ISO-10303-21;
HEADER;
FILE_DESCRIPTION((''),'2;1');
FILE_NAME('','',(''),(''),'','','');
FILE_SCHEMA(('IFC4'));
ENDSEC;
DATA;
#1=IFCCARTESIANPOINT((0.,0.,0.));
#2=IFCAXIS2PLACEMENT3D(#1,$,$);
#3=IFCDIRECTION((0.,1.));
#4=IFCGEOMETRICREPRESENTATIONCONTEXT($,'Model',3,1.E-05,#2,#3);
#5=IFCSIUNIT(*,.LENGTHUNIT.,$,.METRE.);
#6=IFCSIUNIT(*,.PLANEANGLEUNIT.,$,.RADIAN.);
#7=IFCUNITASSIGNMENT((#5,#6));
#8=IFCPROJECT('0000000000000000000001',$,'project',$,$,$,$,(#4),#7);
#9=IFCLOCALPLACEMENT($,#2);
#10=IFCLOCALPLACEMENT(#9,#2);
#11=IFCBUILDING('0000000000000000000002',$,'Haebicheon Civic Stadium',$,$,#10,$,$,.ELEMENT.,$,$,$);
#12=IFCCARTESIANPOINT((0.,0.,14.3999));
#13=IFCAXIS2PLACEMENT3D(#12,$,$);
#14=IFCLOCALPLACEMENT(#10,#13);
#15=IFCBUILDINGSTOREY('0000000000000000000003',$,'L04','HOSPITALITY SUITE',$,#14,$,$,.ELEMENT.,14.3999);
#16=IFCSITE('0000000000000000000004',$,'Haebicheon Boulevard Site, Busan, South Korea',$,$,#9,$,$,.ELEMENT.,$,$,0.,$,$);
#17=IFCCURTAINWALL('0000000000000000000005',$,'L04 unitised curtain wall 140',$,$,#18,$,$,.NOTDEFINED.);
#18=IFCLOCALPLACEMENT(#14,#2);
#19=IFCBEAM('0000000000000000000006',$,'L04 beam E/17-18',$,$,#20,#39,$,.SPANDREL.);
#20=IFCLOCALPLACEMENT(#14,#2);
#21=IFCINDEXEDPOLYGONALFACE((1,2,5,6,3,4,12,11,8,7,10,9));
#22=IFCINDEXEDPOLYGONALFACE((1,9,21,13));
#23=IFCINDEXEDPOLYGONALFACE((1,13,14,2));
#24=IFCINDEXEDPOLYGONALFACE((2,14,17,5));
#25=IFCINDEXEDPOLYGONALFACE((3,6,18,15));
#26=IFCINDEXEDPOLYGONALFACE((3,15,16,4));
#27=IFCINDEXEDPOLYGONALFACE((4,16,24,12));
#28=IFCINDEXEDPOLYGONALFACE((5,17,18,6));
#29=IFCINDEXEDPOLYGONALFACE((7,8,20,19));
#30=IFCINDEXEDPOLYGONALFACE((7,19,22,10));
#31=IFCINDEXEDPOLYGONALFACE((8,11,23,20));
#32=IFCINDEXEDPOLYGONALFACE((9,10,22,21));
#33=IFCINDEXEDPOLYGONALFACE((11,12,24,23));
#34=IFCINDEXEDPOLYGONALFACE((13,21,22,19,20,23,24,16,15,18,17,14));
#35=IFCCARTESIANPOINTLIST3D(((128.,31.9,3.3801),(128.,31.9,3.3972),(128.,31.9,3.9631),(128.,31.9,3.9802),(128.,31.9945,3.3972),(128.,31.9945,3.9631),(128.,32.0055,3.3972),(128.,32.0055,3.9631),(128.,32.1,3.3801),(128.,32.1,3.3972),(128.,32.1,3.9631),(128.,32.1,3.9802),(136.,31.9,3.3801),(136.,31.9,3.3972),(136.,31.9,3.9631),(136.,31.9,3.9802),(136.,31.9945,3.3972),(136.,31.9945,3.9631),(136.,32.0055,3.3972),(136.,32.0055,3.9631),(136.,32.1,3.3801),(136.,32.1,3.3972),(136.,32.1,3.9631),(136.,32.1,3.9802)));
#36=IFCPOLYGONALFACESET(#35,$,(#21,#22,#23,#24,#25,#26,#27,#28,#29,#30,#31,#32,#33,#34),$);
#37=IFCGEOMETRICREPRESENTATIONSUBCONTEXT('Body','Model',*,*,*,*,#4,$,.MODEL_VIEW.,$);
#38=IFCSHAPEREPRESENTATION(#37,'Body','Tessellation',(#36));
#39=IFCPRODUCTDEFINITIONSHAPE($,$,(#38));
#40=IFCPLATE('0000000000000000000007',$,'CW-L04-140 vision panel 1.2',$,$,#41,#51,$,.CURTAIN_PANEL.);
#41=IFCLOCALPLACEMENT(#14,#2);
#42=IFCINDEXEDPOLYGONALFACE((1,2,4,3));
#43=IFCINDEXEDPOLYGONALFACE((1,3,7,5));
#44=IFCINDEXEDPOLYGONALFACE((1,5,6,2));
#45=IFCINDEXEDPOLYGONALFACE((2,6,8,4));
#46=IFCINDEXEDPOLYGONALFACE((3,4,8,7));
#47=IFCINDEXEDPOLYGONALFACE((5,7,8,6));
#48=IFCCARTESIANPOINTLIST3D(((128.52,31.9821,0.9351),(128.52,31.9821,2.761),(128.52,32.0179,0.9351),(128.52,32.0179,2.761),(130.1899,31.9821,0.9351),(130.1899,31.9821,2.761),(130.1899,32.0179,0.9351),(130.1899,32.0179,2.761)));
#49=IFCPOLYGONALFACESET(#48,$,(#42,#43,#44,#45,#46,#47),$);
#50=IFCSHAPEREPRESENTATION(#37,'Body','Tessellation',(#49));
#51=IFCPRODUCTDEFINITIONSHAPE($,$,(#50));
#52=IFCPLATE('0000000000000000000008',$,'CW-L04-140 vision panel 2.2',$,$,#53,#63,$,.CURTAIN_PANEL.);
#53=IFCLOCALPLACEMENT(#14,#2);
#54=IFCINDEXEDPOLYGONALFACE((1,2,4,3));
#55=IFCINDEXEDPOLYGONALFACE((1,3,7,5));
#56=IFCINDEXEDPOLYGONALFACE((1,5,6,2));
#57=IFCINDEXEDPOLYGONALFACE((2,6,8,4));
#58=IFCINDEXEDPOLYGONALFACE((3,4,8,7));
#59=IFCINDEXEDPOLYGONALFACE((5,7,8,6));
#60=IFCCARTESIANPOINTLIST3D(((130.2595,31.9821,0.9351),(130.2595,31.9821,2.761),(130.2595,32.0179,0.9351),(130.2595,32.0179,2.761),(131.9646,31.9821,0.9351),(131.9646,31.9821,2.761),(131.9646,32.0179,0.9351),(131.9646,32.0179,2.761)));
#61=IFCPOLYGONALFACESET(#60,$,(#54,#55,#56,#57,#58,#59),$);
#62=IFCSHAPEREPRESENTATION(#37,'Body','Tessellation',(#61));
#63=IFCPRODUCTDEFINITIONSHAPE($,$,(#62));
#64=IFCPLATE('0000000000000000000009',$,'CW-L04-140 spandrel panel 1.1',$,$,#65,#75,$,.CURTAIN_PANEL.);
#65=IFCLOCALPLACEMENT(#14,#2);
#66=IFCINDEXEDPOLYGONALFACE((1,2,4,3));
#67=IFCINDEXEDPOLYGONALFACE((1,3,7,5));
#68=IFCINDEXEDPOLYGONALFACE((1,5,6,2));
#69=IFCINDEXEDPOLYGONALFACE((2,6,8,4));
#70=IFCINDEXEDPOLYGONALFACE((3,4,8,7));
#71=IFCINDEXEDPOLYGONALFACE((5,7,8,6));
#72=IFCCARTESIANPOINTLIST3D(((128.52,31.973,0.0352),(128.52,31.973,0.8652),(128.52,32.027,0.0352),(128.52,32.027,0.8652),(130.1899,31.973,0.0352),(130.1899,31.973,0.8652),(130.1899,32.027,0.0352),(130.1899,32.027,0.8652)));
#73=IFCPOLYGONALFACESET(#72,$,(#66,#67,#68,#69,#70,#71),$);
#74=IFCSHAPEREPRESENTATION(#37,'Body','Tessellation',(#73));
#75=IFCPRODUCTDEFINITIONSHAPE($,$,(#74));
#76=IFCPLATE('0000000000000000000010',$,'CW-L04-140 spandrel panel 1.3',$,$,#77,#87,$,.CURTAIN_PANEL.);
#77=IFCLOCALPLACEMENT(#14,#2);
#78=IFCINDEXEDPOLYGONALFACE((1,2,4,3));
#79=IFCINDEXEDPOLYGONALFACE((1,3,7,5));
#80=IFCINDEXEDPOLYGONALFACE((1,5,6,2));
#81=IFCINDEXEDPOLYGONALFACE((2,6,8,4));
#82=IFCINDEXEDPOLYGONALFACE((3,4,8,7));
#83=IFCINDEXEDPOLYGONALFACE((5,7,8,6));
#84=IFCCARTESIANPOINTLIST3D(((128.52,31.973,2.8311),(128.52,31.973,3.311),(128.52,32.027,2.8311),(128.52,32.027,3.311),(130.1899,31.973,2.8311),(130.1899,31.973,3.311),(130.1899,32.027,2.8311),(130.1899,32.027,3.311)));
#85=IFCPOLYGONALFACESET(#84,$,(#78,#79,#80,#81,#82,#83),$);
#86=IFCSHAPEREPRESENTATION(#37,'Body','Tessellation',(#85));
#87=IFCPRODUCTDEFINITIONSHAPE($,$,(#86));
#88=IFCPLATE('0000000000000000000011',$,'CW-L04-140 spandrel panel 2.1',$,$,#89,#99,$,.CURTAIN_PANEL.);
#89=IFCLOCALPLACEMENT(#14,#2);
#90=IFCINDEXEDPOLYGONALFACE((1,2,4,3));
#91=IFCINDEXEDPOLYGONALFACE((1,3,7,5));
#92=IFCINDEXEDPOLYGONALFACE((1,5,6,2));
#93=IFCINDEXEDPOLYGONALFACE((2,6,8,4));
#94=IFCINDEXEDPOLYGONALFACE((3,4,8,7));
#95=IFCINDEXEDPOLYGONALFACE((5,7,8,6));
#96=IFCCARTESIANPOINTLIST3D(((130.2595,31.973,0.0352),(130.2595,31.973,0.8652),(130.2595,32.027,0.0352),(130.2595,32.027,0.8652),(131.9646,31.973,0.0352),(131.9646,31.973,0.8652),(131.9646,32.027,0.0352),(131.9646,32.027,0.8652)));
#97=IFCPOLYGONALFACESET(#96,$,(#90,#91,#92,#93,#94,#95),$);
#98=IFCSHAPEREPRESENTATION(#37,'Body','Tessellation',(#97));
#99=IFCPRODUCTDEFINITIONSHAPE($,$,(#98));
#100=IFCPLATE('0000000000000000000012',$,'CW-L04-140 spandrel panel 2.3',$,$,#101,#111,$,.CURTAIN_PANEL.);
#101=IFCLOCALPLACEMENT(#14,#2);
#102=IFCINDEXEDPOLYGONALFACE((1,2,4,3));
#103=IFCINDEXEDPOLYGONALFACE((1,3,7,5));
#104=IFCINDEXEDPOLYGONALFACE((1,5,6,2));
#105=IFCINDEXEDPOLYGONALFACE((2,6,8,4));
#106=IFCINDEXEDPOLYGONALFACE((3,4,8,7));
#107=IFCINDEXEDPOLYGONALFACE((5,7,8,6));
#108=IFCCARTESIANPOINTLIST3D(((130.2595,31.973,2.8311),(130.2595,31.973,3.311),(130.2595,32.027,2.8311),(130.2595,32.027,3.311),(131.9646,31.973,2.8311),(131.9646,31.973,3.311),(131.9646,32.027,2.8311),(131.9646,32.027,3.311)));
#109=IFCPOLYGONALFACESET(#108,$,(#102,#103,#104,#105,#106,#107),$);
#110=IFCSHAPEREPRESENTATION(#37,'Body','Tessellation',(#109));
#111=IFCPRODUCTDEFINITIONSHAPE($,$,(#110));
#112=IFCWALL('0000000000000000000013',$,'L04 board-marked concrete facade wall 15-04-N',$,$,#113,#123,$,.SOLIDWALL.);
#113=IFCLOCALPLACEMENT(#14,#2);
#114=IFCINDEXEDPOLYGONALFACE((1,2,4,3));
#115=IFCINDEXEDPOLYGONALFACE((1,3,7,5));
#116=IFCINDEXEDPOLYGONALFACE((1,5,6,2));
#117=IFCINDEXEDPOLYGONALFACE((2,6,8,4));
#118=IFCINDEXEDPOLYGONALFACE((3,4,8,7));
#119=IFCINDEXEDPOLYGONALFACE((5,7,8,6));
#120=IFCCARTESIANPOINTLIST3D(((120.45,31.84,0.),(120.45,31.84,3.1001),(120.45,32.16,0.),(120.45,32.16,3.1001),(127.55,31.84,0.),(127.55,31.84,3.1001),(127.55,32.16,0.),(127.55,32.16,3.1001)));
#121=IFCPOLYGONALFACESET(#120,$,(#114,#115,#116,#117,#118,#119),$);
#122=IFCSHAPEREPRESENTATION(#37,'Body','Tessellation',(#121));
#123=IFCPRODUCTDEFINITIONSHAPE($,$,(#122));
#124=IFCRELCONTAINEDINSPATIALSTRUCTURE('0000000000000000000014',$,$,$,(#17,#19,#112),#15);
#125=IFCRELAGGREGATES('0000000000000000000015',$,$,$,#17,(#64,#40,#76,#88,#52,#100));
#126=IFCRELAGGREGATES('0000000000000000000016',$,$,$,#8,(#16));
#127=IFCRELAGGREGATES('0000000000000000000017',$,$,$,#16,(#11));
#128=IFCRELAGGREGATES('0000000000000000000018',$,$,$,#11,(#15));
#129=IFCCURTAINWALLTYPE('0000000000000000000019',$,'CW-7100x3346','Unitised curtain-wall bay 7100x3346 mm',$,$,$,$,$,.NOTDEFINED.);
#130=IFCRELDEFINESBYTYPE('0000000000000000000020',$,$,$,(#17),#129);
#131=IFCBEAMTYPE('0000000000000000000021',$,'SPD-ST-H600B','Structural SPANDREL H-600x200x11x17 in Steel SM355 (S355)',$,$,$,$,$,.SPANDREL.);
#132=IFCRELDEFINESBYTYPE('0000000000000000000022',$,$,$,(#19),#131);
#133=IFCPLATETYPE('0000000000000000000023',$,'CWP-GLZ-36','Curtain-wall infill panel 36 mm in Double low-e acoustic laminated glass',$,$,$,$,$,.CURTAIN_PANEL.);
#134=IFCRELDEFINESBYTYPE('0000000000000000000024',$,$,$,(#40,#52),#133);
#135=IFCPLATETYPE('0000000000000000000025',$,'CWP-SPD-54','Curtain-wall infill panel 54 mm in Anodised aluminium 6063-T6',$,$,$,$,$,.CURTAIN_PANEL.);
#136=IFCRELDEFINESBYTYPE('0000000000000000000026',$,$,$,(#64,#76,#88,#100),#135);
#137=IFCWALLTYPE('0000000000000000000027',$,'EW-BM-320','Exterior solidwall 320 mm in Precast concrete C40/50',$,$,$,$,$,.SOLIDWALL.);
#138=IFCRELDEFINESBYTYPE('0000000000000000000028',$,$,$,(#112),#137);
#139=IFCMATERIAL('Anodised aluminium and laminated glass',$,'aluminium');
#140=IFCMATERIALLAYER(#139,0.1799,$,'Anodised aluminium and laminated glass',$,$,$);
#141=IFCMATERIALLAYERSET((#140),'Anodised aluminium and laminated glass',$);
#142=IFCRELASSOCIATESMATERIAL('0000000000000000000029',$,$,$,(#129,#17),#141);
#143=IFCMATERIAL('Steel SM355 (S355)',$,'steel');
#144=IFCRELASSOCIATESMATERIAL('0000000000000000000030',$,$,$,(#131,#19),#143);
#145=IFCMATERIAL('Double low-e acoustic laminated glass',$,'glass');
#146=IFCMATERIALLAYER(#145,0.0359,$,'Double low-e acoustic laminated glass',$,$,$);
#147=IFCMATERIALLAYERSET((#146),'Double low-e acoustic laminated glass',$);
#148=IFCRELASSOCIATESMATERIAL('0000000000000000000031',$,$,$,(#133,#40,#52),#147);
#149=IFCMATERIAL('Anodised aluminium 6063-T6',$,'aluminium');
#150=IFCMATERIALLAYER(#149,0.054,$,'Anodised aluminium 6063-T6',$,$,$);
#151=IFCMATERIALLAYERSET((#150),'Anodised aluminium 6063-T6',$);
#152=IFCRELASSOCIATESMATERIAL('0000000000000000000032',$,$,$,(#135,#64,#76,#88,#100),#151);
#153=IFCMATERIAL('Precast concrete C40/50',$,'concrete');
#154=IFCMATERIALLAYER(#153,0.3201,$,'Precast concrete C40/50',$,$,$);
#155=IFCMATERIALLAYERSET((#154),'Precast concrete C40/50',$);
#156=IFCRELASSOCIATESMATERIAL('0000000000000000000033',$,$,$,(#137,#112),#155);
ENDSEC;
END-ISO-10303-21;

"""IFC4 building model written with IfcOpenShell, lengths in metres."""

from ifc_helpers import new_model, si_unit, direction, frame, frame_2d, origin, origin_2d, place, context, subcontext, project, spatial, rectangle, i_section, extrude, material, layer, layer_set, material_profile, profile_set, type_object, element, aggregate, save


model = new_model("IFC4")

# Units and contexts
model_context = context("Model", 3, precision=1e-05, world=origin(), true_north=direction((0.0, 1.0)))
body_context = subcontext(model_context, "Body", "Model", "MODEL_VIEW")
ifc_project = project(units=[si_unit("LENGTHUNIT", "METRE"), si_unit("PLANEANGLEUNIT", "RADIAN")], contexts=[model_context])

# Site, building, storey
site_placement = place(None, origin())
site = spatial("IfcSite", under=ifc_project, at=site_placement, Name="Haebicheon Boulevard Site, Busan, South Korea", CompositionType="ELEMENT", RefElevation=0.0)
building_placement = place(site_placement, origin())
building = spatial("IfcBuilding", under=site, at=building_placement, Name="Haebicheon Civic Stadium", CompositionType="ELEMENT")
storey_placement = place(building_placement, frame((0.0, 0.0, 14.3999)))
storey = spatial("IfcBuildingStorey", under=building, at=storey_placement, Name="L04", Description="HOSPITALITY SUITE", CompositionType="ELEMENT", Elevation=14.3999)

# Curtain wall
ifc_material_1 = material(Name="Anodised aluminium and laminated glass", Category="aluminium")
ifc_layer_1 = layer(ifc_material_1, 0.1799, Name="Anodised aluminium and laminated glass")
ifc_layer_set_1 = layer_set([ifc_layer_1], Name="Anodised aluminium and laminated glass")
curtain_wall_type = type_object("IfcCurtainWallType", Name="CW-7100x3346", Description="Unitised curtain-wall bay 7100x3346 mm", PredefinedType="NOTDEFINED", material=ifc_layer_set_1)
curtain_wall_placement = place(storey_placement, origin())
curtain_wall = element("IfcCurtainWall", 1, at=curtain_wall_placement, inside=storey, type_object=curtain_wall_type, material=ifc_layer_set_1, Name="L04 unitised curtain wall 140", PredefinedType="NOTDEFINED")

# Beam
ifc_material_2 = material(Name="Steel SM355 (S355)", Category="steel")
ifc_material_profile_1 = material_profile(ifc_material_2, i_section(OverallWidth=0.2, OverallDepth=0.6001, WebThickness=0.011, FlangeThickness=0.0171, at=origin_2d()), Name="H-600x200x11x17")
ifc_profile_set_1 = profile_set([ifc_material_profile_1], Name="Steel SM355 (S355)")
beam_type_1 = type_object("IfcBeamType", Name="SPD-ST-H600B", Description="Structural SPANDREL H-600x200x11x17 in Steel SM355 (S355)", PredefinedType="SPANDREL", material=ifc_profile_set_1)
beam_1_placement = place(storey_placement, frame((128.0, 32.0, 3.6802), z_axis=(1.0, 0.0, 0.0), x_axis=(0.0, 1.0, 0.0)))
element("IfcBeam", 2, at=beam_1_placement, inside=storey, type_object=beam_type_1, material=ifc_profile_set_1, Name="L04 beam E/17-18", PredefinedType="SPANDREL", context=body_context, shape_type="SweptSolid", body=[
    extrude(i_section(OverallWidth=0.2, OverallDepth=0.6001, WebThickness=0.011, FlangeThickness=0.0171, at=origin_2d()), origin(), (0.0, 0.0, 1.0), 8.0),
])

# Plates
ifc_material_3 = material(Name="Double low-e acoustic laminated glass", Category="glass")
ifc_layer_2 = layer(ifc_material_3, 0.0359, Name="Double low-e acoustic laminated glass")
ifc_layer_set_2 = layer_set([ifc_layer_2], Name="Double low-e acoustic laminated glass")
plate_type_1 = type_object("IfcPlateType", Name="CWP-GLZ-36", Description="Curtain-wall infill panel 36 mm in Double low-e acoustic laminated glass", PredefinedType="CURTAIN_PANEL", material=ifc_layer_set_2)
plate_1_placement = place(storey_placement, frame((129.355, 32.0, 0.9351), z_axis=(0.0, 0.0, 1.0), x_axis=(1.0, 0.0, 0.0)))
plate_1 = element("IfcPlate", 3, at=plate_1_placement, type_object=plate_type_1, material=ifc_layer_set_2, Name="CW-L04-140 vision panel 1.2", PredefinedType="CURTAIN_PANEL", context=body_context, shape_type="SweptSolid", body=[
    extrude(rectangle(XDim=1.6699, YDim=0.0359, at=origin_2d()), origin(), (0.0, 0.0, 1.0), 1.8259),
])
plate_2_placement = place(storey_placement, frame((131.1121, 32.0, 0.9351), z_axis=(0.0, 0.0, 1.0), x_axis=(1.0, 0.0, 0.0)))
plate_2 = element("IfcPlate", 4, at=plate_2_placement, type_object=plate_type_1, material=ifc_layer_set_2, Name="CW-L04-140 vision panel 2.2", PredefinedType="CURTAIN_PANEL", context=body_context, shape_type="SweptSolid", body=[
    extrude(rectangle(XDim=1.7051, YDim=0.0359, at=origin_2d()), origin(), (0.0, 0.0, 1.0), 1.8259),
])
ifc_material_4 = material(Name="Anodised aluminium 6063-T6", Category="aluminium")
ifc_layer_3 = layer(ifc_material_4, 0.054, Name="Anodised aluminium 6063-T6")
ifc_layer_set_3 = layer_set([ifc_layer_3], Name="Anodised aluminium 6063-T6")
plate_type_2 = type_object("IfcPlateType", Name="CWP-SPD-54", Description="Curtain-wall infill panel 54 mm in Anodised aluminium 6063-T6", PredefinedType="CURTAIN_PANEL", material=ifc_layer_set_3)
plate_3_placement = place(storey_placement, frame((129.355, 32.0, 0.0352), z_axis=(0.0, 0.0, 1.0), x_axis=(1.0, 0.0, 0.0)))
plate_3 = element("IfcPlate", 5, at=plate_3_placement, type_object=plate_type_2, material=ifc_layer_set_3, Name="CW-L04-140 spandrel panel 1.1", PredefinedType="CURTAIN_PANEL", context=body_context, shape_type="SweptSolid", body=[
    extrude(rectangle(XDim=1.6699, YDim=0.054, at=origin_2d()), origin(), (0.0, 0.0, 1.0), 0.8301),
])
plate_4_placement = place(storey_placement, frame((129.355, 32.0, 2.8311), z_axis=(0.0, 0.0, 1.0), x_axis=(1.0, 0.0, 0.0)))
plate_4 = element("IfcPlate", 6, at=plate_4_placement, type_object=plate_type_2, material=ifc_layer_set_3, Name="CW-L04-140 spandrel panel 1.3", PredefinedType="CURTAIN_PANEL", context=body_context, shape_type="SweptSolid", body=[
    extrude(rectangle(XDim=1.6699, YDim=0.054, at=origin_2d()), origin(), (0.0, 0.0, 1.0), 0.48),
])
plate_5_placement = place(storey_placement, frame((131.1121, 32.0, 0.0352), z_axis=(0.0, 0.0, 1.0), x_axis=(1.0, 0.0, 0.0)))
plate_5 = element("IfcPlate", 7, at=plate_5_placement, type_object=plate_type_2, material=ifc_layer_set_3, Name="CW-L04-140 spandrel panel 2.1", PredefinedType="CURTAIN_PANEL", context=body_context, shape_type="SweptSolid", body=[
    extrude(rectangle(XDim=1.7051, YDim=0.054, at=origin_2d()), origin(), (0.0, 0.0, 1.0), 0.8301),
])
plate_6_placement = place(storey_placement, frame((131.1121, 32.0, 2.8311), z_axis=(0.0, 0.0, 1.0), x_axis=(1.0, 0.0, 0.0)))
plate_6 = element("IfcPlate", 8, at=plate_6_placement, type_object=plate_type_2, material=ifc_layer_set_3, Name="CW-L04-140 spandrel panel 2.3", PredefinedType="CURTAIN_PANEL", context=body_context, shape_type="SweptSolid", body=[
    extrude(rectangle(XDim=1.7051, YDim=0.054, at=origin_2d()), origin(), (0.0, 0.0, 1.0), 0.48),
])
aggregate(curtain_wall, [plate_3, plate_1, plate_4, plate_5, plate_2, plate_6])

# Wall
ifc_material_5 = material(Name="Precast concrete C40/50", Category="concrete")
ifc_layer_4 = layer(ifc_material_5, 0.3201, Name="Precast concrete C40/50")
ifc_layer_set_4 = layer_set([ifc_layer_4], Name="Precast concrete C40/50")
wall_type = type_object("IfcWallType", Name="EW-BM-320", Description="Exterior solidwall 320 mm in Precast concrete C40/50", PredefinedType="SOLIDWALL", material=ifc_layer_set_4)
wall_placement = place(storey_placement, frame((120.45, 32.0, 0.0), z_axis=(0.0, 0.0, 1.0), x_axis=(1.0, 0.0, 0.0)))
element("IfcWall", 9, at=wall_placement, inside=storey, type_object=wall_type, material=ifc_layer_set_4, Name="L04 board-marked concrete facade wall 15-04-N", PredefinedType="SOLIDWALL", context=body_context, shape_type="SweptSolid", body=[
    extrude(rectangle(XDim=7.1001, YDim=0.3201, at=frame_2d((3.55, 0.0))), origin(), (0.0, 0.0, 1.0), 3.1001),
])

save(model, "model.ifc")
